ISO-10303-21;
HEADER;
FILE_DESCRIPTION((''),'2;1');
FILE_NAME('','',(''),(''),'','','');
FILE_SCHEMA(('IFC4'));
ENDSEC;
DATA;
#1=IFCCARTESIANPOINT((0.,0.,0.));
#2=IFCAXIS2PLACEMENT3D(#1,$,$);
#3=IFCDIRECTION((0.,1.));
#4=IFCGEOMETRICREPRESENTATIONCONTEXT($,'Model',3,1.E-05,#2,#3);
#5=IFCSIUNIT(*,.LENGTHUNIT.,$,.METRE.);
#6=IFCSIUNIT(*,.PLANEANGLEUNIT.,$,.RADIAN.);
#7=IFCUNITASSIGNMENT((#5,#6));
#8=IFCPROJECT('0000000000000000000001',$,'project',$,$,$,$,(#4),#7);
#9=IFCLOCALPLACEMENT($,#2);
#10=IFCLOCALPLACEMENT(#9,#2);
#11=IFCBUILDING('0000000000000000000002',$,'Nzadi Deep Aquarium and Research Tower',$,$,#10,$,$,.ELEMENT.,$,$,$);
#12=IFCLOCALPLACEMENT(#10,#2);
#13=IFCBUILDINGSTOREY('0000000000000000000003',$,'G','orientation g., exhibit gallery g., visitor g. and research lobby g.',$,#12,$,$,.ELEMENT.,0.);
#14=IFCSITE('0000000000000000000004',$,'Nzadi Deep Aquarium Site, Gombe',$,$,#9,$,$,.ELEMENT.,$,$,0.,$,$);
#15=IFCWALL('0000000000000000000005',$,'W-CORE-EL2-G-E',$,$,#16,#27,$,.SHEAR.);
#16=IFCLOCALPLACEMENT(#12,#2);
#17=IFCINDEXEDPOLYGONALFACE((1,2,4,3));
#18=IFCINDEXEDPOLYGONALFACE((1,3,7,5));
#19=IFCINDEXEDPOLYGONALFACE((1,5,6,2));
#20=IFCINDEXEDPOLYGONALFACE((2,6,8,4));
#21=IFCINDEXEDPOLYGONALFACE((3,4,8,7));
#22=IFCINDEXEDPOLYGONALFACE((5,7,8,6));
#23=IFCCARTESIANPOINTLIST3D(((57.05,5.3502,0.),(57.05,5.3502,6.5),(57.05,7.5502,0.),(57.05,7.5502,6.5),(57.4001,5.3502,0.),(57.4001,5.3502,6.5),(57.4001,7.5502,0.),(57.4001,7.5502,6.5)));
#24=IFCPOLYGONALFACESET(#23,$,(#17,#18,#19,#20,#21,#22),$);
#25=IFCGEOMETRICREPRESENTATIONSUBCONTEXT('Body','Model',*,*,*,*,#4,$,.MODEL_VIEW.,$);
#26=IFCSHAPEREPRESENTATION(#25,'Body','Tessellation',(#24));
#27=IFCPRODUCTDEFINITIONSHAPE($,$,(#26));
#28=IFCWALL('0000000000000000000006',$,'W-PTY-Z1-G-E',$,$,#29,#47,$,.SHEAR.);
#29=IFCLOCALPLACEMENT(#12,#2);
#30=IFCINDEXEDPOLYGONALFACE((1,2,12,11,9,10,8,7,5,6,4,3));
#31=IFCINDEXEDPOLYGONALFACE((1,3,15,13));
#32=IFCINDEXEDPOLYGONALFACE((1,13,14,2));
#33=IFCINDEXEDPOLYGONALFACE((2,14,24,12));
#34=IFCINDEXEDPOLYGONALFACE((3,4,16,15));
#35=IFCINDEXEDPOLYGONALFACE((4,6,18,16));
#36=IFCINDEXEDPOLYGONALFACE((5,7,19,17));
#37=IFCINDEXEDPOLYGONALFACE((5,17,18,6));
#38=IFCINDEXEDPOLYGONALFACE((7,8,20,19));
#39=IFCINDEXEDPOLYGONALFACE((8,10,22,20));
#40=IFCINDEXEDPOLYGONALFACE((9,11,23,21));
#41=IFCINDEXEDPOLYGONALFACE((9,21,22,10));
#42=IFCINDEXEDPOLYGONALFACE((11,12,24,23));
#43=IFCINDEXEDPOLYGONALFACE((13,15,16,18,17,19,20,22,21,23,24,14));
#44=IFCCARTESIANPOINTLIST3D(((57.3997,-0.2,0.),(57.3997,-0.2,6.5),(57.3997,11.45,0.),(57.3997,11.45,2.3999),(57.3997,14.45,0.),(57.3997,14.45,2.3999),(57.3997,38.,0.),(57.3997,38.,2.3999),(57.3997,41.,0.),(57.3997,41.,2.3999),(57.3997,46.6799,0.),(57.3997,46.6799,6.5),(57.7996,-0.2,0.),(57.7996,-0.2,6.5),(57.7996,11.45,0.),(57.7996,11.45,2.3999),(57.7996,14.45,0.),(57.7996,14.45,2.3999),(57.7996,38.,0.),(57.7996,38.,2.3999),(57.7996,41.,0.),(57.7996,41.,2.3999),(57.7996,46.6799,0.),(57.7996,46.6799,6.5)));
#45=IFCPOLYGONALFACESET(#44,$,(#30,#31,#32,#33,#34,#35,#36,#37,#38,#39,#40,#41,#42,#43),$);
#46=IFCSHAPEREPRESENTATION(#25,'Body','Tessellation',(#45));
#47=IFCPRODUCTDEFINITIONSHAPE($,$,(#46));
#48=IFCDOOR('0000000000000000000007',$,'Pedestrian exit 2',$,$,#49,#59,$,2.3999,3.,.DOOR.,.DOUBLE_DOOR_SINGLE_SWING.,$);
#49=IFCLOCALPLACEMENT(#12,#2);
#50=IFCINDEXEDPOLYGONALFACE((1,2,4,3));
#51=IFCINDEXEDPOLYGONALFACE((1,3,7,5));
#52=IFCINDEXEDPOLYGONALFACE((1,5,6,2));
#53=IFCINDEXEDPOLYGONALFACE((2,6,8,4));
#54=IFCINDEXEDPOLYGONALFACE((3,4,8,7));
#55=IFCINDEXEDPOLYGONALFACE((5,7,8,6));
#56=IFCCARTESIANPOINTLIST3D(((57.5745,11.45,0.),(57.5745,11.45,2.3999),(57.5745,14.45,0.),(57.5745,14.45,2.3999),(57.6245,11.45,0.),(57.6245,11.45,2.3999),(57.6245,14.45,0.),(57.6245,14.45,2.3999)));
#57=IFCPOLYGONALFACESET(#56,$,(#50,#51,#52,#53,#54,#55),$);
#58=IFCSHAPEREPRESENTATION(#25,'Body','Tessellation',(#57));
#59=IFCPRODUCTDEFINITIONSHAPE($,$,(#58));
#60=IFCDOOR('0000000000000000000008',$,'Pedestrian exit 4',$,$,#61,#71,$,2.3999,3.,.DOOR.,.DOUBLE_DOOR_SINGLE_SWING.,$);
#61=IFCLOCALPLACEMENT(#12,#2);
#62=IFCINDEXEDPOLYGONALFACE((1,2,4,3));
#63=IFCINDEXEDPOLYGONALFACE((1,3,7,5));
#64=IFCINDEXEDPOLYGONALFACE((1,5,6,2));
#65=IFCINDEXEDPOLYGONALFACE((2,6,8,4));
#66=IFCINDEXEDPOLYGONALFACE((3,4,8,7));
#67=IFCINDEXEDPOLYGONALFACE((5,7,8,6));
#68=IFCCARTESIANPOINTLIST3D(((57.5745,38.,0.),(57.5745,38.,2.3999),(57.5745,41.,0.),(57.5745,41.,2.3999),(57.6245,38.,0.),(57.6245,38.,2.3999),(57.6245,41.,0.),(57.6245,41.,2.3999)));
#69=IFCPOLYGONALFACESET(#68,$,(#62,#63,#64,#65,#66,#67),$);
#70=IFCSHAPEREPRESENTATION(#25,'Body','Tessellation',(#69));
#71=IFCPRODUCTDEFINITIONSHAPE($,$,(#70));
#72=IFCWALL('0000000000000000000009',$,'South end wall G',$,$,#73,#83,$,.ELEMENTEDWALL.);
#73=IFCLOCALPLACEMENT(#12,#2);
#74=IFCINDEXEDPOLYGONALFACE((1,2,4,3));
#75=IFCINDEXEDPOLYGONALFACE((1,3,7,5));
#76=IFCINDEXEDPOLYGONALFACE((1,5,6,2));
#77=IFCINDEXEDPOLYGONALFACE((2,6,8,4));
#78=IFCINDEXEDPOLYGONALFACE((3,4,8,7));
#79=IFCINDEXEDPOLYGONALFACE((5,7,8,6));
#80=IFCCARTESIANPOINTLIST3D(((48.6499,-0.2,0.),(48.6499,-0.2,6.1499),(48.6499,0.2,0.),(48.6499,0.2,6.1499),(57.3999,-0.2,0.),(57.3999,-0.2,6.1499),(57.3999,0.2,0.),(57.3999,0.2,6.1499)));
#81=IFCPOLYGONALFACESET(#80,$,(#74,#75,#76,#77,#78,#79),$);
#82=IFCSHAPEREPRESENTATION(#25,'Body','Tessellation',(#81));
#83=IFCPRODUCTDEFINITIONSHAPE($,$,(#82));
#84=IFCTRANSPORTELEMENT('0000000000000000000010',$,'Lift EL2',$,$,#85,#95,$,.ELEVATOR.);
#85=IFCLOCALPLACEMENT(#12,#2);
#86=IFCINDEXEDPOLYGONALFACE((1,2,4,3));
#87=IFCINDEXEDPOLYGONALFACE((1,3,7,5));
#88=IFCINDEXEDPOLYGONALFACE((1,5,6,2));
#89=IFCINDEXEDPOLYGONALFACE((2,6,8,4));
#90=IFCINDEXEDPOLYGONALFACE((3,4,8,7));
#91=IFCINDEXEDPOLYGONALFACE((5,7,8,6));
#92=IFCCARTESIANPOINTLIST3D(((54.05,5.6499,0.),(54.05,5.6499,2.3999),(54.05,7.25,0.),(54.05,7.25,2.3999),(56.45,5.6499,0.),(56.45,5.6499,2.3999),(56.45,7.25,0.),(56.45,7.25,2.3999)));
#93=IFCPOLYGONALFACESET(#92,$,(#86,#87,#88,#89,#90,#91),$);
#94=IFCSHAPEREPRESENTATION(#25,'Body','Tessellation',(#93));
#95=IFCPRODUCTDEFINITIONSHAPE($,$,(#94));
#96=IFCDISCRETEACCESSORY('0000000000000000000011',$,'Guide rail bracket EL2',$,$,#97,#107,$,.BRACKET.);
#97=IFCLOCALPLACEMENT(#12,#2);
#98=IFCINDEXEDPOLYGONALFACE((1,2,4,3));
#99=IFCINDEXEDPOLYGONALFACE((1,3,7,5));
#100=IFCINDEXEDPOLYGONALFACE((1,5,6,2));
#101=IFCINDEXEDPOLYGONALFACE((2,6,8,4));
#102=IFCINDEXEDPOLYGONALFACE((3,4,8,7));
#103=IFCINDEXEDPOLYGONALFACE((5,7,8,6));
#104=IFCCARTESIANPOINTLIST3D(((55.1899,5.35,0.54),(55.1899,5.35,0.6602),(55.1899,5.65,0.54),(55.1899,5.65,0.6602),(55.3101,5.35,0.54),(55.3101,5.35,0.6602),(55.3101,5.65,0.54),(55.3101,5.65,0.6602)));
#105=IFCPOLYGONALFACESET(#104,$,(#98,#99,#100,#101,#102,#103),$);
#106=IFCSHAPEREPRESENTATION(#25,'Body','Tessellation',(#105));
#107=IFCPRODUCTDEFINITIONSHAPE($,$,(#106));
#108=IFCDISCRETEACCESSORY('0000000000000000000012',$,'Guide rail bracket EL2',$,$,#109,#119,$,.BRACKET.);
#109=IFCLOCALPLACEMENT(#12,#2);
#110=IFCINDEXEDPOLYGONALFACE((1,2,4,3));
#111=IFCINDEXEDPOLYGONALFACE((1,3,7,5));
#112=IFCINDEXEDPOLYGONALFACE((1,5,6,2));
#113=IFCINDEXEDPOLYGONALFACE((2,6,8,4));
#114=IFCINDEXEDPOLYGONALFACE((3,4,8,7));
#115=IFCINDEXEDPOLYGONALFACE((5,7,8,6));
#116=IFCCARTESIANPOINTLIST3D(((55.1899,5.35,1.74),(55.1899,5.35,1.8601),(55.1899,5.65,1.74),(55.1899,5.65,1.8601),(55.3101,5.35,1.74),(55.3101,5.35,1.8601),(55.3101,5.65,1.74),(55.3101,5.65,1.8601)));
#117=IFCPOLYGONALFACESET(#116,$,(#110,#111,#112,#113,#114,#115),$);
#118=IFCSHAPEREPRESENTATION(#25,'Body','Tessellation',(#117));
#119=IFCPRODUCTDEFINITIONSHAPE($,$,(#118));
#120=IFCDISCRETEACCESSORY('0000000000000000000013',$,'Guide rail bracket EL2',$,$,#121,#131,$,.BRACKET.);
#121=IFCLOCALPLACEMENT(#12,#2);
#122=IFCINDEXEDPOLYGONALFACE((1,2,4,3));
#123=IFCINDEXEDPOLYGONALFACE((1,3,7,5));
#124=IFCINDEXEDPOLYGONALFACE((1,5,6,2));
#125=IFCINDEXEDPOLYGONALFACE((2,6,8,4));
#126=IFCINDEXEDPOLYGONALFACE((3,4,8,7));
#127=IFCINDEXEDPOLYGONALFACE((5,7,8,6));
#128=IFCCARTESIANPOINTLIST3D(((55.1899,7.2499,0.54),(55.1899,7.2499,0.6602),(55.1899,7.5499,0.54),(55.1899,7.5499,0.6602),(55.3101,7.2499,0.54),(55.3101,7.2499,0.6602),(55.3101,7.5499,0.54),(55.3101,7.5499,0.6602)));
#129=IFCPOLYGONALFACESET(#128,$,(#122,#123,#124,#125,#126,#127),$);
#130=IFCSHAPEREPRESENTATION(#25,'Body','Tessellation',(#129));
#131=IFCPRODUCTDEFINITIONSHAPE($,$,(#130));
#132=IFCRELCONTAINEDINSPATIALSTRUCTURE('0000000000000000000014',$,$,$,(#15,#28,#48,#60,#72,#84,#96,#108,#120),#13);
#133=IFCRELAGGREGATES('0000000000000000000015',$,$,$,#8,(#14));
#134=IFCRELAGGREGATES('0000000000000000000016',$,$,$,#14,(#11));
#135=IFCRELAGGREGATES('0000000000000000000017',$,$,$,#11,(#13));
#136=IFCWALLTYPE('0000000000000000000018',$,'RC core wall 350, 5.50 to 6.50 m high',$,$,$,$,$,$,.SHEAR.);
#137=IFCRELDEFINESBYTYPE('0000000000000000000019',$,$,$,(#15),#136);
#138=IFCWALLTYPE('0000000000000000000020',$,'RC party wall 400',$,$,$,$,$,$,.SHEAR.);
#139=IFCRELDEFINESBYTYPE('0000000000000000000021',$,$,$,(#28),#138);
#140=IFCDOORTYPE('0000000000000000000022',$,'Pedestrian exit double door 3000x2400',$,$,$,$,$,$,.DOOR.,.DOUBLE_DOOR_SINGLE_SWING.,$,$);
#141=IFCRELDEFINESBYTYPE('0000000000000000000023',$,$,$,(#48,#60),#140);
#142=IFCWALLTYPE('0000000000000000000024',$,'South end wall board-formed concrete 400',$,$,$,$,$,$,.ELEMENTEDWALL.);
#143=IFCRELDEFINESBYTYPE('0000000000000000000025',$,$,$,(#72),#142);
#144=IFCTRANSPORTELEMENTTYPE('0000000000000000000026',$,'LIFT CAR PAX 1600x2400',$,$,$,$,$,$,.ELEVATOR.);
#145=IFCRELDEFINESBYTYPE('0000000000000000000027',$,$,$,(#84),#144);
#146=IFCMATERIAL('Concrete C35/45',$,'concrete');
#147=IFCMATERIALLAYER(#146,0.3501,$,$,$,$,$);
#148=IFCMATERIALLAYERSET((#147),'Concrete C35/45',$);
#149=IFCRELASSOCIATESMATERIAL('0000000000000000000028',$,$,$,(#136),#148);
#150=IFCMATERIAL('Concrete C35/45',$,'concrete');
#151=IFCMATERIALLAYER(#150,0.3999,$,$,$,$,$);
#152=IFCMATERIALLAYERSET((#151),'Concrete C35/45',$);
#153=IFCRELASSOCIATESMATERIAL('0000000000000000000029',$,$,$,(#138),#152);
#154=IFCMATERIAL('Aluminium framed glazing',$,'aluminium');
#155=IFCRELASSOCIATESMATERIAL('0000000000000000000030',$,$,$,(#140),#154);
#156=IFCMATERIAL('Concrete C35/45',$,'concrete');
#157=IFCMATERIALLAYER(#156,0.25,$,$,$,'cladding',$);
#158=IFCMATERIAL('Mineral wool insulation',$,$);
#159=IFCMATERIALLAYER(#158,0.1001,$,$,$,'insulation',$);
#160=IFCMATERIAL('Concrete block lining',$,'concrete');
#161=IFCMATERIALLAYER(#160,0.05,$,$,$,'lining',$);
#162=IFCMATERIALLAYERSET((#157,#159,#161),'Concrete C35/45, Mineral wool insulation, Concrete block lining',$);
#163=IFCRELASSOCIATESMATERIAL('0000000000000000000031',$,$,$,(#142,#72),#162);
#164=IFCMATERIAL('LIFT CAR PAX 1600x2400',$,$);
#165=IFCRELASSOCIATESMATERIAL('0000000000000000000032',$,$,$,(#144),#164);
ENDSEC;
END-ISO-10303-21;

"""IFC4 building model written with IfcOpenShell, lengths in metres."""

from ifc_helpers import new_model, si_unit, direction, frame, frame_2d, origin, origin_2d, place, context, subcontext, project, spatial, rectangle, extrude, material, layer, layer_set, layer_usage, type_object, element, fill, save


model = new_model("IFC4")

# Units and contexts
model_context = context("Model", 3, precision=1e-05, world=origin(), true_north=direction((0.0, 1.0)))
body_context = subcontext(model_context, "Body", "Model", "MODEL_VIEW")
ifc_project = project(units=[si_unit("LENGTHUNIT", "METRE"), si_unit("PLANEANGLEUNIT", "RADIAN")], contexts=[model_context])

# Site, building, storey
site_placement = place(None, origin())
site = spatial("IfcSite", under=ifc_project, at=site_placement, Name="Nzadi Deep Aquarium Site, Gombe", CompositionType="ELEMENT", RefElevation=0.0)
building_placement = place(site_placement, origin())
building = spatial("IfcBuilding", under=site, at=building_placement, Name="Nzadi Deep Aquarium and Research Tower", CompositionType="ELEMENT")
storey_placement = place(building_placement, origin())
storey = spatial("IfcBuildingStorey", under=building, at=storey_placement, Name="G", Description="orientation g., exhibit gallery g., visitor g. and research lobby g.", CompositionType="ELEMENT", Elevation=0.0)

# Shared definitions
ifc_material_1 = material(Name="Concrete C35/45", Category="concrete")
ifc_layer_1 = layer(ifc_material_1, 0.3501)
ifc_layer_set_1 = layer_set([ifc_layer_1], Name="Concrete C35/45")
wall_type_1 = type_object("IfcWallType", Name="RC core wall 350, 5.50 to 6.50 m high", PredefinedType="SHEAR", material=ifc_layer_set_1)

# Wall
wall_1_placement = place(storey_placement, frame((57.2251, 5.3501, 0.0), z_axis=(0.0, 0.0, 1.0), x_axis=(0.0, 1.0, 0.0)))
element("IfcWall", 1, at=wall_1_placement, inside=storey, type_object=wall_type_1, Name="W-CORE-EL2-G-E", PredefinedType="SHEAR", context=body_context, shape_type="SweptSolid", body=[
    extrude(rectangle(XDim=2.2, YDim=0.3501, at=frame_2d((1.1001, 0.0))), origin(), (0.0, 0.0, 1.0), 6.5),
])

# Wall, openings, doors
ifc_material_2 = material(Name="Concrete C35/45", Category="concrete")
ifc_layer_2 = layer(ifc_material_2, 0.3999)
ifc_layer_set_2 = layer_set([ifc_layer_2], Name="Concrete C35/45")
wall_type_2 = type_object("IfcWallType", Name="RC party wall 400", PredefinedType="SHEAR", material=ifc_layer_set_2)
wall_2_placement = place(storey_placement, frame((57.5996, -0.2, 0.0), z_axis=(0.0, 0.0, 1.0), x_axis=(0.0, 1.0, 0.0)))
wall_2 = element("IfcWall", 2, at=wall_2_placement, inside=storey, type_object=wall_type_2, Name="W-PTY-Z1-G-E", PredefinedType="SHEAR", context=body_context, shape_type="SweptSolid", body=[
    extrude(rectangle(XDim=46.8799, YDim=0.3999, at=frame_2d((23.4399, 0.0))), origin(), (0.0, 0.0, 1.0), 6.5),
])
opening_1_placement = place(wall_2_placement, frame((11.6499, 0.0, 0.0)))
opening_1 = element("IfcOpeningElement", 3, at=opening_1_placement, cuts=wall_2, PredefinedType="OPENING", context=body_context, shape_type="SweptSolid", body=[
    extrude(rectangle(XDim=3.0, YDim=2.3999, at=frame_2d((1.5, 1.2))), frame((0.0, 0.21, 0.0), z_axis=(0.0, -1.0, 0.0), x_axis=(1.0, 0.0, 0.0)), (0.0, 0.0, 1.0), 0.4199),
])
opening_2_placement = place(wall_2_placement, frame((38.2, 0.0, 0.0)))
opening_2 = element("IfcOpeningElement", 4, at=opening_2_placement, cuts=wall_2, PredefinedType="OPENING", context=body_context, shape_type="SweptSolid", body=[
    extrude(rectangle(XDim=3.0, YDim=2.3999, at=frame_2d((1.5, 1.2))), frame((0.0, 0.21, 0.0), z_axis=(0.0, -1.0, 0.0), x_axis=(1.0, 0.0, 0.0)), (0.0, 0.0, 1.0), 0.4199),
])
ifc_material_3 = material(Name="Aluminium framed glazing", Category="aluminium")
door_type_1 = type_object("IfcDoorType", Name="Pedestrian exit double door 3000x2400", OperationType="DOUBLE_DOOR_SINGLE_SWING", PredefinedType="DOOR", material=ifc_material_3)
door_1_placement = place(opening_1_placement, frame((3.0, 0.0, 0.0), z_axis=(0.0, 0.0, 1.0), x_axis=(-1.0, 0.0, 0.0)))
door_1 = element("IfcDoor", 5, at=door_1_placement, inside=storey, type_object=door_type_1, Name="Pedestrian exit 2", OperationType="DOUBLE_DOOR_SINGLE_SWING", OverallHeight=2.3999, OverallWidth=3.0, PredefinedType="DOOR", context=body_context, shape_type="SweptSolid", body=[
    extrude(rectangle(XDim=3.0, YDim=2.3999, at=frame_2d((1.5, 1.2))), frame((0.0, 0.0249, 0.0), z_axis=(0.0, -1.0, 0.0), x_axis=(1.0, 0.0, 0.0)), (0.0, 0.0, 1.0), 0.05),
])
fill(opening_1, door_1)
door_2_placement = place(opening_2_placement, frame((3.0, 0.0, 0.0), z_axis=(0.0, 0.0, 1.0), x_axis=(-1.0, 0.0, 0.0)))
door_2 = element("IfcDoor", 6, at=door_2_placement, inside=storey, type_object=door_type_1, Name="Pedestrian exit 4", OperationType="DOUBLE_DOOR_SINGLE_SWING", OverallHeight=2.3999, OverallWidth=3.0, PredefinedType="DOOR", context=body_context, shape_type="SweptSolid", body=[
    extrude(rectangle(XDim=3.0, YDim=2.3999, at=frame_2d((1.5, 1.2))), frame((0.0, 0.0249, 0.0), z_axis=(0.0, -1.0, 0.0), x_axis=(1.0, 0.0, 0.0)), (0.0, 0.0, 1.0), 0.05),
])
fill(opening_2, door_2)

# Wall
ifc_material_4 = material(Name="Concrete C35/45", Category="concrete")
ifc_layer_3 = layer(ifc_material_4, 0.25, Category="cladding")
ifc_material_5 = material(Name="Mineral wool insulation")
ifc_layer_4 = layer(ifc_material_5, 0.1001, Category="insulation")
ifc_material_6 = material(Name="Concrete block lining", Category="concrete")
ifc_layer_5 = layer(ifc_material_6, 0.05, Category="lining")
ifc_layer_set_3 = layer_set([ifc_layer_3, ifc_layer_4, ifc_layer_5], Name="Concrete C35/45, Mineral wool insulation, Concrete block lining")
ifc_layer_usage = layer_usage(ifc_layer_set_3, "AXIS2", "POSITIVE", -0.2)
wall_type_3 = type_object("IfcWallType", Name="South end wall board-formed concrete 400", PredefinedType="ELEMENTEDWALL", material=ifc_layer_set_3)
wall_3_placement = place(storey_placement, frame((48.6499, 0.0, 0.0), z_axis=(0.0, 0.0, 1.0), x_axis=(1.0, 0.0, 0.0)))
element("IfcWall", 7, at=wall_3_placement, inside=storey, type_object=wall_type_3, material=ifc_layer_usage, Name="South end wall G", PredefinedType="ELEMENTEDWALL", context=body_context, shape_type="SweptSolid", body=[
    extrude(rectangle(XDim=8.75, YDim=0.3999, at=frame_2d((4.375, 0.0))), origin(), (0.0, 0.0, 1.0), 6.1499),
])

# Transport element
ifc_material_7 = material(Name="LIFT CAR PAX 1600x2400")
transport_element_type = type_object("IfcTransportElementType", Name="LIFT CAR PAX 1600x2400", PredefinedType="ELEVATOR", material=ifc_material_7)
transport_element_placement = place(storey_placement, frame((55.25, 6.45, 0.0), z_axis=(0.0, 0.0, 1.0), x_axis=(1.0, 0.0, 0.0)))
element("IfcTransportElement", 8, at=transport_element_placement, inside=storey, type_object=transport_element_type, Name="Lift EL2", PredefinedType="ELEVATOR", context=body_context, shape_type="SweptSolid", body=[
    extrude(rectangle(XDim=2.3999, YDim=1.6001, at=origin_2d()), origin(), (0.0, 0.0, 1.0), 2.3999),
])

# Discrete accessories
for number, where, z_axis, x_axis, name in (
    (9, (55.25, 5.5, 0.54), (0.0, 0.0, 1.0), (1.0, 0.0, 0.0), "Guide rail bracket EL2"),
    (10, (55.25, 5.5, 1.74), (0.0, 0.0, 1.0), (1.0, 0.0, 0.0), "Guide rail bracket EL2"),
    (11, (55.25, 7.3999, 0.54), (0.0, 0.0, 1.0), (1.0, 0.0, 0.0), "Guide rail bracket EL2"),
):
    element("IfcDiscreteAccessory", number, at=place(storey_placement, frame(where, z_axis=z_axis, x_axis=x_axis)), inside=storey, Name=name, PredefinedType="BRACKET", context=body_context, shape_type="SweptSolid", body=[
        extrude(rectangle(XDim=0.1201, YDim=0.3, at=origin_2d()), origin(), (0.0, 0.0, 1.0), 0.1201),
    ])

save(model, "model.ifc")
